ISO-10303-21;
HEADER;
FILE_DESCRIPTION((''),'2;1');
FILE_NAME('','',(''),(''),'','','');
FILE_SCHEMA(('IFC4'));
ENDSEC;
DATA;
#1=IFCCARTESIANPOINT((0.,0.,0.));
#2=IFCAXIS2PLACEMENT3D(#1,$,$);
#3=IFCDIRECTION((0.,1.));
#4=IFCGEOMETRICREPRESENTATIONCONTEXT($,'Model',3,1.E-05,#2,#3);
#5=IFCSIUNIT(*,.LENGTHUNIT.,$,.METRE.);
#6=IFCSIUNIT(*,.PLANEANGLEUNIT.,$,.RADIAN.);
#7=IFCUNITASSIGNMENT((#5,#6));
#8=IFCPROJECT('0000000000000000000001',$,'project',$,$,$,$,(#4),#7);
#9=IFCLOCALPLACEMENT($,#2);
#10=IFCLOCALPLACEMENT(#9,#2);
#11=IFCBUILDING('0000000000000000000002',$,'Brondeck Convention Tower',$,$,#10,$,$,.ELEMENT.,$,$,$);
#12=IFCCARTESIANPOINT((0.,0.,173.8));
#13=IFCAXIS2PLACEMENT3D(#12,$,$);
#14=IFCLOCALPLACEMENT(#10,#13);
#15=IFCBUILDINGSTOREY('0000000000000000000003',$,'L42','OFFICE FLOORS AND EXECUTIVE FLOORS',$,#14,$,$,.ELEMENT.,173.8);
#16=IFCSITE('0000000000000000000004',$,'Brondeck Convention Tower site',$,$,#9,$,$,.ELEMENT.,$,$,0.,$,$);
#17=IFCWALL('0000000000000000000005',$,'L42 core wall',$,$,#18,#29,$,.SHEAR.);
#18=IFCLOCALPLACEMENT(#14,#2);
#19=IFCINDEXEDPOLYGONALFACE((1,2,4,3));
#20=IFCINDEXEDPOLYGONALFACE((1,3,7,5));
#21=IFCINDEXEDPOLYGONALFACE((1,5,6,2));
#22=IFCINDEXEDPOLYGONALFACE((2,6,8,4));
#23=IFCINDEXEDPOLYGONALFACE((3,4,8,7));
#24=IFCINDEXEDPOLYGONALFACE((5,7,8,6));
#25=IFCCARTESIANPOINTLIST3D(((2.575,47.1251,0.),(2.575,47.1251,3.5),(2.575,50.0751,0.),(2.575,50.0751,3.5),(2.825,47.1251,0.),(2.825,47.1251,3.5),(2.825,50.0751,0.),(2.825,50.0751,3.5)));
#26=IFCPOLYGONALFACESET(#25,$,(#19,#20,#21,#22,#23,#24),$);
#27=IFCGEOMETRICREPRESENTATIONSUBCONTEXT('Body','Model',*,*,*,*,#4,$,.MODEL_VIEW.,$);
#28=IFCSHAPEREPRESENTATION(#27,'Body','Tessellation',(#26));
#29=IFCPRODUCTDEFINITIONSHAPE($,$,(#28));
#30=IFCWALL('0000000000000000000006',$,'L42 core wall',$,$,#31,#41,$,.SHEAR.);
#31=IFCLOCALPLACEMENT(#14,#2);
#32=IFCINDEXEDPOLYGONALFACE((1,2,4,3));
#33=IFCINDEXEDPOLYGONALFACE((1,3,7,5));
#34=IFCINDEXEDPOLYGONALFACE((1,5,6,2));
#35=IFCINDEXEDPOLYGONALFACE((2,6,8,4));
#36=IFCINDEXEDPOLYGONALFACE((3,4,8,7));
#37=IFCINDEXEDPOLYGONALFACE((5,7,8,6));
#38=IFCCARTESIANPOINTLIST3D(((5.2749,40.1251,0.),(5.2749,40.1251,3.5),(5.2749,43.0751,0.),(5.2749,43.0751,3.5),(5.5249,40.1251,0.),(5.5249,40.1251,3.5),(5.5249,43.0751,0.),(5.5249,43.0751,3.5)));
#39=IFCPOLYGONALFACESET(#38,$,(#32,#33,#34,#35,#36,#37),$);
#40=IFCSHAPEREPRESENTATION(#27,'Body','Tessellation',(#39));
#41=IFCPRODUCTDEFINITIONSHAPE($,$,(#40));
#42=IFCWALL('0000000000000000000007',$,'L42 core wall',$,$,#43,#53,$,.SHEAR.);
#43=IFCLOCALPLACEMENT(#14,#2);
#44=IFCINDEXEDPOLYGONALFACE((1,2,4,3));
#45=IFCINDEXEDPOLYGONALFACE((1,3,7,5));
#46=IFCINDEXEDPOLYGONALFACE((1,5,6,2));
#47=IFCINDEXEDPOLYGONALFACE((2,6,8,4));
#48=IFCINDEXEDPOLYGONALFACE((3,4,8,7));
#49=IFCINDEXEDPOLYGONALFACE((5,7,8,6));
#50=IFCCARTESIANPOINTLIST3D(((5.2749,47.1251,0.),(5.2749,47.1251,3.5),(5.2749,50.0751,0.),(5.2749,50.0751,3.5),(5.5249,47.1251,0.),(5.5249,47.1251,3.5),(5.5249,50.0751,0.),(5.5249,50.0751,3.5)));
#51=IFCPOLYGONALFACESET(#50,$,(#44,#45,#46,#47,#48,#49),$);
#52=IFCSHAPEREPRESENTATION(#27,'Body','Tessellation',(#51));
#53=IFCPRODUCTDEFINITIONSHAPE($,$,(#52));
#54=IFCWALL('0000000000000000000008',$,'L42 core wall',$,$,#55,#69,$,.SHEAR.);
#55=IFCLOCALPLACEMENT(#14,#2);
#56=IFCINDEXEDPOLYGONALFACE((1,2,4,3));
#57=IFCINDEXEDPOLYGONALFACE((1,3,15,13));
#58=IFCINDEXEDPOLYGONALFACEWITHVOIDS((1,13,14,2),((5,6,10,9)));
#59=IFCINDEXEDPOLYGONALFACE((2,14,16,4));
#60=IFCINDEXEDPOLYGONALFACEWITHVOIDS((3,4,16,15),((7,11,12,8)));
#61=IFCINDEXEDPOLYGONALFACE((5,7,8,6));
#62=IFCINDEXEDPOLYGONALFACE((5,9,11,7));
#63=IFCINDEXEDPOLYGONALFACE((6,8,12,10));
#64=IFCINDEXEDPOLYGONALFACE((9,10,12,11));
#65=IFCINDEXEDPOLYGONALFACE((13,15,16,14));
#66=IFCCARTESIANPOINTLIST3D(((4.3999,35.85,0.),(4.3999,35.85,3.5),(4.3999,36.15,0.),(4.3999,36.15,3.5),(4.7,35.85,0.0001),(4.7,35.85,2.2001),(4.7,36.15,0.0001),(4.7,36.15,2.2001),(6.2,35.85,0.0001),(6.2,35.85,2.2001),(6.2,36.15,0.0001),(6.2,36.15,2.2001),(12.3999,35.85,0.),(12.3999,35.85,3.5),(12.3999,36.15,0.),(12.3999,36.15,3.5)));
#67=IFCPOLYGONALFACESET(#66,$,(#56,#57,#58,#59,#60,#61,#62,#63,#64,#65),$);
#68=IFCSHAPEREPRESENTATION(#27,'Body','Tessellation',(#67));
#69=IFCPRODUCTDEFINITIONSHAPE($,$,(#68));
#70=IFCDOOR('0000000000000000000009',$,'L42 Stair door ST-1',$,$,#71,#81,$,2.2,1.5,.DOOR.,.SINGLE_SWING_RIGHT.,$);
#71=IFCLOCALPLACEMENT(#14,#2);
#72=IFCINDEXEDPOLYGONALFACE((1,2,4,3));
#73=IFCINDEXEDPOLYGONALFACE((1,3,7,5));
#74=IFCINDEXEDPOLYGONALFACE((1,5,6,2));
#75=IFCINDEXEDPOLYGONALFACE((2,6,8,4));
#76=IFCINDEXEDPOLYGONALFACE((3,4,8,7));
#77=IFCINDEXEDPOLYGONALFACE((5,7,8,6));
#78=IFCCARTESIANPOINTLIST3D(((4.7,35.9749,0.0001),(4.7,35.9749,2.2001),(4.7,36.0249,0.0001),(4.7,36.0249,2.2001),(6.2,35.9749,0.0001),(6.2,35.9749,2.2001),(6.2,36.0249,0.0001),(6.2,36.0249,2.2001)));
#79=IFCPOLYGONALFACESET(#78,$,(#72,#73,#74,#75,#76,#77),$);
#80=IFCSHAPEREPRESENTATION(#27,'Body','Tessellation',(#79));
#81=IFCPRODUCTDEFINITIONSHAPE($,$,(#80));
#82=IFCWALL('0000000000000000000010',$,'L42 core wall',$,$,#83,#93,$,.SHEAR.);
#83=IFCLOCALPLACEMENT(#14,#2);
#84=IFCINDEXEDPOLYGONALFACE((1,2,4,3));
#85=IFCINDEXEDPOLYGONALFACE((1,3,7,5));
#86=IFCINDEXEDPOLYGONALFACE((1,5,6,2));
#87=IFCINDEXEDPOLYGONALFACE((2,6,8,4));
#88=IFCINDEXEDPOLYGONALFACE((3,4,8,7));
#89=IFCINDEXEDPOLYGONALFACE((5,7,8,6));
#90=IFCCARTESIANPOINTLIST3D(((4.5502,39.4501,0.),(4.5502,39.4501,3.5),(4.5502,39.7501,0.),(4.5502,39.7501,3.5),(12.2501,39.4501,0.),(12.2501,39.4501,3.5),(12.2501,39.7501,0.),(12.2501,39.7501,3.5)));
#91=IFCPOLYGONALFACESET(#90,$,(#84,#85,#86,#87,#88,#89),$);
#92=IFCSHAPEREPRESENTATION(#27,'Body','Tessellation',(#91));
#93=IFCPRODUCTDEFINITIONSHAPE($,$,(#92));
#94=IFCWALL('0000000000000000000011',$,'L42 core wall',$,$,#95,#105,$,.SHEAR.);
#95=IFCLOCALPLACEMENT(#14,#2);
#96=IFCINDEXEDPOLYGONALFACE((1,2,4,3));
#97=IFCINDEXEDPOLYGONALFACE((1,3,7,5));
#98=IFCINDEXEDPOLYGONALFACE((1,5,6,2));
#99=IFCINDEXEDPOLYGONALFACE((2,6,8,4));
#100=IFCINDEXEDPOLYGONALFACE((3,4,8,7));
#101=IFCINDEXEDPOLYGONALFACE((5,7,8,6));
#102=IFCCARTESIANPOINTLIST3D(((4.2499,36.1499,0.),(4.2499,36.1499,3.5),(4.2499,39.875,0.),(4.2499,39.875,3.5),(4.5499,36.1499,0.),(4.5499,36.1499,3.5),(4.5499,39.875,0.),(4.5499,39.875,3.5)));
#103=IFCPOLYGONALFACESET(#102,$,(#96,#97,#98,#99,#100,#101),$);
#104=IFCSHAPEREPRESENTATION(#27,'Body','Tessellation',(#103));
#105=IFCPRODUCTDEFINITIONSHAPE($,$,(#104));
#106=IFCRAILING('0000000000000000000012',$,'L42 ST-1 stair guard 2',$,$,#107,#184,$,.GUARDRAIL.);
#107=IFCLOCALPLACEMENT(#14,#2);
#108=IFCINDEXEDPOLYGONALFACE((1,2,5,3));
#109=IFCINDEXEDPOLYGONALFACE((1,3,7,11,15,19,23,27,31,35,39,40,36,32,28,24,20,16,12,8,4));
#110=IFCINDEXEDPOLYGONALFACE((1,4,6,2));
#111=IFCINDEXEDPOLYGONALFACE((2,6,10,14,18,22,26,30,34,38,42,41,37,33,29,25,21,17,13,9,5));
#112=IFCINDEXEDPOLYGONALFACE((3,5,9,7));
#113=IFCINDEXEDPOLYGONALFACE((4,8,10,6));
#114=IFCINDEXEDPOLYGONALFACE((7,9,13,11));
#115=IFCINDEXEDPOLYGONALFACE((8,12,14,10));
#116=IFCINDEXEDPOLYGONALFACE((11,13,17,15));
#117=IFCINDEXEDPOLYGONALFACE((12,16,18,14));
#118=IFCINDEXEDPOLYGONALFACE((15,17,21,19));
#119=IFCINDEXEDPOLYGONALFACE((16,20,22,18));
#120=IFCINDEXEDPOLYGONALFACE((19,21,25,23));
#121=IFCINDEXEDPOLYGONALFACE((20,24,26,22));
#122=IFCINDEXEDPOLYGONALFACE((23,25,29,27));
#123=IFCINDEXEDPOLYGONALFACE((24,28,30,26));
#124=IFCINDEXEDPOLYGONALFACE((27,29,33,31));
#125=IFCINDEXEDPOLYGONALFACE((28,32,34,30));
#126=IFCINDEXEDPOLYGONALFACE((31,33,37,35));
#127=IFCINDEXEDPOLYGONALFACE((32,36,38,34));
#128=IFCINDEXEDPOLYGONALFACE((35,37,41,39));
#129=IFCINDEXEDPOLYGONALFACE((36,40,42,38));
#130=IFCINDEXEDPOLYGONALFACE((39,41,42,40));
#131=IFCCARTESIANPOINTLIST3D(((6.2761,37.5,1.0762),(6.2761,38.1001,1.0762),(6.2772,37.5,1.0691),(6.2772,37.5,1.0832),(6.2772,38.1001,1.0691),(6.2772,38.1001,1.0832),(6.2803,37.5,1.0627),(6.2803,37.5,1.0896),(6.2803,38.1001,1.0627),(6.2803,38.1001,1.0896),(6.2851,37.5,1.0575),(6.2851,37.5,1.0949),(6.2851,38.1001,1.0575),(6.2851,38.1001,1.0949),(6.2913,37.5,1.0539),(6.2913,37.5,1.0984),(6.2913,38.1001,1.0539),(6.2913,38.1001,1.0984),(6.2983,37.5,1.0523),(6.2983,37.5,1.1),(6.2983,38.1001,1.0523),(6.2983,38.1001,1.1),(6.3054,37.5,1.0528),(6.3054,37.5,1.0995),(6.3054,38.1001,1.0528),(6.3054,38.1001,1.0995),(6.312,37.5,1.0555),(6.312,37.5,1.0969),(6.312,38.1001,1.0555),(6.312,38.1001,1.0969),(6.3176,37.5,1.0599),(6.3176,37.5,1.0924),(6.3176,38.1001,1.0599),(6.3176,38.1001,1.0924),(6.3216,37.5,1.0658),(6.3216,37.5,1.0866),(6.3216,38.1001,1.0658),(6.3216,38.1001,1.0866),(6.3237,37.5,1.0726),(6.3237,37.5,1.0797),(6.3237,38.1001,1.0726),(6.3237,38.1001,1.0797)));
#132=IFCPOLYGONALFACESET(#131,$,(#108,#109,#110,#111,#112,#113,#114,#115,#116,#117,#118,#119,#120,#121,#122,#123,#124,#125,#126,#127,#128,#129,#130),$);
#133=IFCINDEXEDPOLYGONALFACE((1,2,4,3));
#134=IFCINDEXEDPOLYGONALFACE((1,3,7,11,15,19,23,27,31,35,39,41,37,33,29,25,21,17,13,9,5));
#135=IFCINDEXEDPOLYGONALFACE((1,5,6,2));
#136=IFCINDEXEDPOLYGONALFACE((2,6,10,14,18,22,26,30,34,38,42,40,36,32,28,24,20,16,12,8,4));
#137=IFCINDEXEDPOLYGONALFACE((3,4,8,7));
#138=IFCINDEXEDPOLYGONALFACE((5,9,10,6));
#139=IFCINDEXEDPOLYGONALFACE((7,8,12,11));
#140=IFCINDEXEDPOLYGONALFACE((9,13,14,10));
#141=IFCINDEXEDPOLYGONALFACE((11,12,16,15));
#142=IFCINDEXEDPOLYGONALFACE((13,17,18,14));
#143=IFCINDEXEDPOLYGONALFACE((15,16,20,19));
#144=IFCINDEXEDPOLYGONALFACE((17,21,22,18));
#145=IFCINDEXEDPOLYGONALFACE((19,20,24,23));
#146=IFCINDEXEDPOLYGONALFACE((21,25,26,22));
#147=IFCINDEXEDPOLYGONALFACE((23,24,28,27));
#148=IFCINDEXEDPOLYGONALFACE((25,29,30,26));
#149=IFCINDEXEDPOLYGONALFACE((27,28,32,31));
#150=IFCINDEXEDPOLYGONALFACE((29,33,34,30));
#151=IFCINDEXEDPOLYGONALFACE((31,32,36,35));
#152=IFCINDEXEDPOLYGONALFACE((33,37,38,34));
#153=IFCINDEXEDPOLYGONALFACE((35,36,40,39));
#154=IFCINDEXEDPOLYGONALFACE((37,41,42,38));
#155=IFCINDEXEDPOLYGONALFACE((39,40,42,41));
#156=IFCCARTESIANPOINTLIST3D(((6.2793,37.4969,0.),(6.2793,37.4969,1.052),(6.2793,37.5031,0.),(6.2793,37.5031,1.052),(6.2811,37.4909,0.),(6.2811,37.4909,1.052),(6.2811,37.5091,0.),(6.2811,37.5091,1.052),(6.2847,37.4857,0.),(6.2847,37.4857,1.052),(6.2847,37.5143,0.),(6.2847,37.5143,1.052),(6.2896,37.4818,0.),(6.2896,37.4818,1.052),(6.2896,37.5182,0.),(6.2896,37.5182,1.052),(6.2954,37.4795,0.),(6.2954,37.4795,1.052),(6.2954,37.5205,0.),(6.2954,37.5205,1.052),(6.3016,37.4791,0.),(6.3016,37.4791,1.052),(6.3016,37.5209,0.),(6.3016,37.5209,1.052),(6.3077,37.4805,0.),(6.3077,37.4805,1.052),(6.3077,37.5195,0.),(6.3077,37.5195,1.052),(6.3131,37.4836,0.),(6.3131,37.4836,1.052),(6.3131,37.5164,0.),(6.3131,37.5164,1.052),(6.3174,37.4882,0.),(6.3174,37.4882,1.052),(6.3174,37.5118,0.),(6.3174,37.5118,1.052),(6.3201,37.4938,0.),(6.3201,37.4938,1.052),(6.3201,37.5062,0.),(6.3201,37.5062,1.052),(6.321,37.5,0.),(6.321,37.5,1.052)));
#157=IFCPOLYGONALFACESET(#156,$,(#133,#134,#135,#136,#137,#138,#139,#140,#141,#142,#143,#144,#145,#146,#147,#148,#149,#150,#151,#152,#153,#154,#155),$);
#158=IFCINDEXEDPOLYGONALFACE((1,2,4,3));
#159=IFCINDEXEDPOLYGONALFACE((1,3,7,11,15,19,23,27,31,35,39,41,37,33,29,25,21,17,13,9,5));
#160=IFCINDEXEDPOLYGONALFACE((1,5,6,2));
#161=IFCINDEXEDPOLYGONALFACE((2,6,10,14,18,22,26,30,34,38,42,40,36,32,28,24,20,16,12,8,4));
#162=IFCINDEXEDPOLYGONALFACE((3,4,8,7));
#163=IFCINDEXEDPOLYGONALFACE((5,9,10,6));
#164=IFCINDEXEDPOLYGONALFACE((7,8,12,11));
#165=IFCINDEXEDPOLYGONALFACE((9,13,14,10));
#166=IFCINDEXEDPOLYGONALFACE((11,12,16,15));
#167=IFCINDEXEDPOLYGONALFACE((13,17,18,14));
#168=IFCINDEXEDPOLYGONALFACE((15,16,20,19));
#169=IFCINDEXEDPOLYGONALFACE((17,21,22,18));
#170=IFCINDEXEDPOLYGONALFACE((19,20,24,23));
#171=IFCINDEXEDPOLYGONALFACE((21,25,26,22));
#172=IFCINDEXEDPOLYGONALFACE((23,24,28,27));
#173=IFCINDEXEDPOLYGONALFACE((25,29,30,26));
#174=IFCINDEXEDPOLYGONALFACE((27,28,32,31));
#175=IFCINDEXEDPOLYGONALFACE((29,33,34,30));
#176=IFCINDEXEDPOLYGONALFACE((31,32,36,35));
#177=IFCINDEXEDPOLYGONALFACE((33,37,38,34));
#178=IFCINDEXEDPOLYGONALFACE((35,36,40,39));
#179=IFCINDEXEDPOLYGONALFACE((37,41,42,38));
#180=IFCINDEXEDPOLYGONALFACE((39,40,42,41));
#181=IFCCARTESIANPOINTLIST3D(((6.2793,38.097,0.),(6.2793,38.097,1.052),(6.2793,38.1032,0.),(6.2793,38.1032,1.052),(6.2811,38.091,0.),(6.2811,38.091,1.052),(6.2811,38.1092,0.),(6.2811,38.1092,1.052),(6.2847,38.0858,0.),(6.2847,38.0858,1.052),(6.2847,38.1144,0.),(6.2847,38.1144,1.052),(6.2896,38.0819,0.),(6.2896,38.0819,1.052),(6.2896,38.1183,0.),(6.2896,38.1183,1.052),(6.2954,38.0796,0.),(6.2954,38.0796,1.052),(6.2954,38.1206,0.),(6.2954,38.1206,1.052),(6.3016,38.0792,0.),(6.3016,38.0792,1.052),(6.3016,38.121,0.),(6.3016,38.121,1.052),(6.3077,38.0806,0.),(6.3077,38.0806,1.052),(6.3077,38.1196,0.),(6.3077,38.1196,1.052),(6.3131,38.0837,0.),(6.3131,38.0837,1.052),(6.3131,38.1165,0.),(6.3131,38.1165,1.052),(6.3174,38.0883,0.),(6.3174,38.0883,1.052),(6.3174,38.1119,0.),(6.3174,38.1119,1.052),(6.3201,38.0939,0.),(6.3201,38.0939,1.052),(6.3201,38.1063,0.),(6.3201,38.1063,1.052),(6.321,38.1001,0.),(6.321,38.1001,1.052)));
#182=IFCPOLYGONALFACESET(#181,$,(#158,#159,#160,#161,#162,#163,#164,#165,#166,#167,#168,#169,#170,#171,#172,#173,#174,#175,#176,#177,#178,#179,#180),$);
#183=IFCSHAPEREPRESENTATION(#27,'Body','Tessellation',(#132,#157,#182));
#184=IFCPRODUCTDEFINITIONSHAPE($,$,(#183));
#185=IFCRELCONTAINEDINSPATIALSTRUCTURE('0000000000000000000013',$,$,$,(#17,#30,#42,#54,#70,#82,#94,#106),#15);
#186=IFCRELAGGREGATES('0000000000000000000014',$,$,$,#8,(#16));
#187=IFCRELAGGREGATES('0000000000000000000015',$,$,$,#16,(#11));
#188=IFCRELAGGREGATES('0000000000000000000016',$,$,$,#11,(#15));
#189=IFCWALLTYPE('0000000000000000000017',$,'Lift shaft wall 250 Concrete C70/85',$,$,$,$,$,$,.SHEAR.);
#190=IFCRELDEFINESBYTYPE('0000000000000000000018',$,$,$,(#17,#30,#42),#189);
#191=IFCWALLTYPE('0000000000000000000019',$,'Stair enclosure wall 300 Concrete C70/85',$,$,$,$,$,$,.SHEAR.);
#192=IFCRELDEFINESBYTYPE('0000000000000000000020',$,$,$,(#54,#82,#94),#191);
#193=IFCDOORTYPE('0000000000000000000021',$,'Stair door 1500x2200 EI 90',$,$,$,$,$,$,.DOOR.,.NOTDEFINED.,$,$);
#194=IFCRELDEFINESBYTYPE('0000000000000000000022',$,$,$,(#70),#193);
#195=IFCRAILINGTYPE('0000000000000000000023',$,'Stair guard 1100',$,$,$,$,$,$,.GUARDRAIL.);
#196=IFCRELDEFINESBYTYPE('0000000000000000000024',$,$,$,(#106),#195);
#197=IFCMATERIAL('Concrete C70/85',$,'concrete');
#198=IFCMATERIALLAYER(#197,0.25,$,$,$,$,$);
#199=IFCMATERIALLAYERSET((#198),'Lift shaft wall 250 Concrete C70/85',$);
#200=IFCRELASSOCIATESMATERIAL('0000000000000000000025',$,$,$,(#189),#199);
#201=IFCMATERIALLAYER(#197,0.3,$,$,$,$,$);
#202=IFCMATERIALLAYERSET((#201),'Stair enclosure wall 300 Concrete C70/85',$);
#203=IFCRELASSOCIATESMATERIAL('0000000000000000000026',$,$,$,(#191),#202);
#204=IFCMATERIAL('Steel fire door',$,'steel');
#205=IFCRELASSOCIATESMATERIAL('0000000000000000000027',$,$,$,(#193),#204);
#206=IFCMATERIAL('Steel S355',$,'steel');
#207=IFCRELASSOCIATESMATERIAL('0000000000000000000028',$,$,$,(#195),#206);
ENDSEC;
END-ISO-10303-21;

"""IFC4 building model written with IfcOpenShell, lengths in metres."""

from ifc_helpers import new_model, si_unit, direction, frame, frame_2d, origin, origin_2d, place, context, subcontext, project, spatial, rectangle, circle, extrude, material, layer, layer_set, type_object, element, fill, save


model = new_model("IFC4")

# Units and contexts
model_context = context("Model", 3, precision=1e-05, world=origin(), true_north=direction((0.0, 1.0)))
body_context = subcontext(model_context, "Body", "Model", "MODEL_VIEW")
ifc_project = project(units=[si_unit("LENGTHUNIT", "METRE"), si_unit("PLANEANGLEUNIT", "RADIAN")], contexts=[model_context])

# Site, building, storey
site_placement = place(None, origin())
site = spatial("IfcSite", under=ifc_project, at=site_placement, Name="Brondeck Convention Tower site", CompositionType="ELEMENT", RefElevation=0.0)
building_placement = place(site_placement, origin())
building = spatial("IfcBuilding", under=site, at=building_placement, Name="Brondeck Convention Tower", CompositionType="ELEMENT")
storey_placement = place(building_placement, frame((0.0, 0.0, 173.8)))
storey = spatial("IfcBuildingStorey", under=building, at=storey_placement, Name="L42", Description="OFFICE FLOORS AND EXECUTIVE FLOORS", CompositionType="ELEMENT", Elevation=173.8)

# Shared definitions
ifc_material_1 = material(Name="Concrete C70/85", Category="concrete")

# Shared definitions
ifc_material_2 = material(Name="Steel fire door", Category="steel")

# Shared definitions
ifc_layer_1 = layer(ifc_material_1, 0.25)
ifc_layer_set_1 = layer_set([ifc_layer_1], Name="Lift shaft wall 250 Concrete C70/85")
wall_type_1 = type_object("IfcWallType", Name="Lift shaft wall 250 Concrete C70/85", PredefinedType="SHEAR", material=ifc_layer_set_1)

# Walls
for number, where, z_axis, x_axis, name in (
    (1, (2.7, 47.125, 0.0), (0.0, 0.0, 1.0), (0.0, 1.0, 0.0), "L42 core wall"),
    (2, (5.3999, 40.125, 0.0), (0.0, 0.0, 1.0), (0.0, 1.0, 0.0), "L42 core wall"),
    (3, (5.3999, 47.125, 0.0), (0.0, 0.0, 1.0), (0.0, 1.0, 0.0), "L42 core wall"),
):
    element("IfcWall", number, at=place(storey_placement, frame(where, z_axis=z_axis, x_axis=x_axis)), inside=storey, type_object=wall_type_1, Name=name, PredefinedType="SHEAR", context=body_context, shape_type="SweptSolid", body=[
        extrude(rectangle(XDim=2.95, YDim=0.25, at=frame_2d((1.4751, 0.0))), origin(), (0.0, 0.0, 1.0), 3.5),
    ])

# Wall, opening, door
ifc_layer_2 = layer(ifc_material_1, 0.3)
ifc_layer_set_2 = layer_set([ifc_layer_2], Name="Stair enclosure wall 300 Concrete C70/85")
wall_type_2 = type_object("IfcWallType", Name="Stair enclosure wall 300 Concrete C70/85", PredefinedType="SHEAR", material=ifc_layer_set_2)
wall_1_placement = place(storey_placement, frame((4.3999, 36.0, 0.0), z_axis=(0.0, 0.0, 1.0), x_axis=(1.0, 0.0, 0.0)))
wall_1 = element("IfcWall", 4, at=wall_1_placement, inside=storey, type_object=wall_type_2, Name="L42 core wall", PredefinedType="SHEAR", context=body_context, shape_type="SweptSolid", body=[
    extrude(rectangle(XDim=8.0, YDim=0.3, at=frame_2d((4.0, 0.0))), origin(), (0.0, 0.0, 1.0), 3.5),
])
opening_1_placement = place(wall_1_placement, frame((0.3, 0.0, 0.0)))
opening_1 = element("IfcOpeningElement", 5, at=opening_1_placement, cuts=wall_1, PredefinedType="OPENING", context=body_context, shape_type="SweptSolid", body=[
    extrude(rectangle(XDim=1.5, YDim=2.2, at=frame_2d((0.75, 1.1001))), frame((0.0, 0.1599, 0.0), z_axis=(0.0, -1.0, 0.0), x_axis=(1.0, 0.0, 0.0)), (0.0, 0.0, 1.0), 0.3201),
])
door_type_1 = type_object("IfcDoorType", Name="Stair door 1500x2200 EI 90", OperationType="NOTDEFINED", PredefinedType="DOOR", material=ifc_material_2)
door_1_placement = place(opening_1_placement, origin())
door_1 = element("IfcDoor", 6, at=door_1_placement, inside=storey, type_object=door_type_1, Name="L42 Stair door ST-1", OperationType="SINGLE_SWING_RIGHT", OverallHeight=2.2, OverallWidth=1.5, PredefinedType="DOOR", context=body_context, shape_type="SweptSolid", body=[
    extrude(rectangle(XDim=1.5, YDim=2.2, at=frame_2d((0.75, 1.1001))), frame((0.0, 0.0249, 0.0), z_axis=(0.0, -1.0, 0.0), x_axis=(1.0, 0.0, 0.0)), (0.0, 0.0, 1.0), 0.05),
])
fill(opening_1, door_1)

# Walls
wall_2_placement = place(storey_placement, frame((4.55, 39.6001, 0.0), z_axis=(0.0, 0.0, 1.0), x_axis=(1.0, 0.0, 0.0)))
element("IfcWall", 7, at=wall_2_placement, inside=storey, type_object=wall_type_2, Name="L42 core wall", PredefinedType="SHEAR", context=body_context, shape_type="SweptSolid", body=[
    extrude(rectangle(XDim=7.7, YDim=0.3, at=frame_2d((3.8501, 0.0))), origin(), (0.0, 0.0, 1.0), 3.5),
])
wall_3_placement = place(storey_placement, frame((4.3999, 36.1499, 0.0), z_axis=(0.0, 0.0, 1.0), x_axis=(0.0, 1.0, 0.0)))
element("IfcWall", 8, at=wall_3_placement, inside=storey, type_object=wall_type_2, Name="L42 core wall", PredefinedType="SHEAR", context=body_context, shape_type="SweptSolid", body=[
    extrude(rectangle(XDim=3.7251, YDim=0.3, at=frame_2d((1.8625, 0.0))), origin(), (0.0, 0.0, 1.0), 3.5),
])

# Railing
ifc_material_3 = material(Name="Steel S355", Category="steel")
railing_type = type_object("IfcRailingType", Name="Stair guard 1100", PredefinedType="GUARDRAIL", material=ifc_material_3)
railing_placement = place(storey_placement, frame((6.3, 37.5, 0.0)))
element("IfcRailing", 9, at=railing_placement, inside=storey, type_object=railing_type, Name="L42 ST-1 stair guard 2", PredefinedType="GUARDRAIL", context=body_context, shape_type="SweptSolid", body=[
    extrude(circle(Radius=0.0239, at=origin_2d()), frame((0.0, 0.0, 1.0762), z_axis=(0.0, 1.0, 0.0), x_axis=(-1.0, 0.0, 0.0)), (0.0, 0.0, 1.0), 0.6001),
    extrude(circle(Radius=0.021, at=origin_2d()), origin(), (0.0, 0.0, 1.0), 1.052),
    extrude(circle(Radius=0.021, at=origin_2d()), frame((0.0, 0.6001, 0.0)), (0.0, 0.0, 1.0), 1.052),
])

save(model, "model.ifc")
